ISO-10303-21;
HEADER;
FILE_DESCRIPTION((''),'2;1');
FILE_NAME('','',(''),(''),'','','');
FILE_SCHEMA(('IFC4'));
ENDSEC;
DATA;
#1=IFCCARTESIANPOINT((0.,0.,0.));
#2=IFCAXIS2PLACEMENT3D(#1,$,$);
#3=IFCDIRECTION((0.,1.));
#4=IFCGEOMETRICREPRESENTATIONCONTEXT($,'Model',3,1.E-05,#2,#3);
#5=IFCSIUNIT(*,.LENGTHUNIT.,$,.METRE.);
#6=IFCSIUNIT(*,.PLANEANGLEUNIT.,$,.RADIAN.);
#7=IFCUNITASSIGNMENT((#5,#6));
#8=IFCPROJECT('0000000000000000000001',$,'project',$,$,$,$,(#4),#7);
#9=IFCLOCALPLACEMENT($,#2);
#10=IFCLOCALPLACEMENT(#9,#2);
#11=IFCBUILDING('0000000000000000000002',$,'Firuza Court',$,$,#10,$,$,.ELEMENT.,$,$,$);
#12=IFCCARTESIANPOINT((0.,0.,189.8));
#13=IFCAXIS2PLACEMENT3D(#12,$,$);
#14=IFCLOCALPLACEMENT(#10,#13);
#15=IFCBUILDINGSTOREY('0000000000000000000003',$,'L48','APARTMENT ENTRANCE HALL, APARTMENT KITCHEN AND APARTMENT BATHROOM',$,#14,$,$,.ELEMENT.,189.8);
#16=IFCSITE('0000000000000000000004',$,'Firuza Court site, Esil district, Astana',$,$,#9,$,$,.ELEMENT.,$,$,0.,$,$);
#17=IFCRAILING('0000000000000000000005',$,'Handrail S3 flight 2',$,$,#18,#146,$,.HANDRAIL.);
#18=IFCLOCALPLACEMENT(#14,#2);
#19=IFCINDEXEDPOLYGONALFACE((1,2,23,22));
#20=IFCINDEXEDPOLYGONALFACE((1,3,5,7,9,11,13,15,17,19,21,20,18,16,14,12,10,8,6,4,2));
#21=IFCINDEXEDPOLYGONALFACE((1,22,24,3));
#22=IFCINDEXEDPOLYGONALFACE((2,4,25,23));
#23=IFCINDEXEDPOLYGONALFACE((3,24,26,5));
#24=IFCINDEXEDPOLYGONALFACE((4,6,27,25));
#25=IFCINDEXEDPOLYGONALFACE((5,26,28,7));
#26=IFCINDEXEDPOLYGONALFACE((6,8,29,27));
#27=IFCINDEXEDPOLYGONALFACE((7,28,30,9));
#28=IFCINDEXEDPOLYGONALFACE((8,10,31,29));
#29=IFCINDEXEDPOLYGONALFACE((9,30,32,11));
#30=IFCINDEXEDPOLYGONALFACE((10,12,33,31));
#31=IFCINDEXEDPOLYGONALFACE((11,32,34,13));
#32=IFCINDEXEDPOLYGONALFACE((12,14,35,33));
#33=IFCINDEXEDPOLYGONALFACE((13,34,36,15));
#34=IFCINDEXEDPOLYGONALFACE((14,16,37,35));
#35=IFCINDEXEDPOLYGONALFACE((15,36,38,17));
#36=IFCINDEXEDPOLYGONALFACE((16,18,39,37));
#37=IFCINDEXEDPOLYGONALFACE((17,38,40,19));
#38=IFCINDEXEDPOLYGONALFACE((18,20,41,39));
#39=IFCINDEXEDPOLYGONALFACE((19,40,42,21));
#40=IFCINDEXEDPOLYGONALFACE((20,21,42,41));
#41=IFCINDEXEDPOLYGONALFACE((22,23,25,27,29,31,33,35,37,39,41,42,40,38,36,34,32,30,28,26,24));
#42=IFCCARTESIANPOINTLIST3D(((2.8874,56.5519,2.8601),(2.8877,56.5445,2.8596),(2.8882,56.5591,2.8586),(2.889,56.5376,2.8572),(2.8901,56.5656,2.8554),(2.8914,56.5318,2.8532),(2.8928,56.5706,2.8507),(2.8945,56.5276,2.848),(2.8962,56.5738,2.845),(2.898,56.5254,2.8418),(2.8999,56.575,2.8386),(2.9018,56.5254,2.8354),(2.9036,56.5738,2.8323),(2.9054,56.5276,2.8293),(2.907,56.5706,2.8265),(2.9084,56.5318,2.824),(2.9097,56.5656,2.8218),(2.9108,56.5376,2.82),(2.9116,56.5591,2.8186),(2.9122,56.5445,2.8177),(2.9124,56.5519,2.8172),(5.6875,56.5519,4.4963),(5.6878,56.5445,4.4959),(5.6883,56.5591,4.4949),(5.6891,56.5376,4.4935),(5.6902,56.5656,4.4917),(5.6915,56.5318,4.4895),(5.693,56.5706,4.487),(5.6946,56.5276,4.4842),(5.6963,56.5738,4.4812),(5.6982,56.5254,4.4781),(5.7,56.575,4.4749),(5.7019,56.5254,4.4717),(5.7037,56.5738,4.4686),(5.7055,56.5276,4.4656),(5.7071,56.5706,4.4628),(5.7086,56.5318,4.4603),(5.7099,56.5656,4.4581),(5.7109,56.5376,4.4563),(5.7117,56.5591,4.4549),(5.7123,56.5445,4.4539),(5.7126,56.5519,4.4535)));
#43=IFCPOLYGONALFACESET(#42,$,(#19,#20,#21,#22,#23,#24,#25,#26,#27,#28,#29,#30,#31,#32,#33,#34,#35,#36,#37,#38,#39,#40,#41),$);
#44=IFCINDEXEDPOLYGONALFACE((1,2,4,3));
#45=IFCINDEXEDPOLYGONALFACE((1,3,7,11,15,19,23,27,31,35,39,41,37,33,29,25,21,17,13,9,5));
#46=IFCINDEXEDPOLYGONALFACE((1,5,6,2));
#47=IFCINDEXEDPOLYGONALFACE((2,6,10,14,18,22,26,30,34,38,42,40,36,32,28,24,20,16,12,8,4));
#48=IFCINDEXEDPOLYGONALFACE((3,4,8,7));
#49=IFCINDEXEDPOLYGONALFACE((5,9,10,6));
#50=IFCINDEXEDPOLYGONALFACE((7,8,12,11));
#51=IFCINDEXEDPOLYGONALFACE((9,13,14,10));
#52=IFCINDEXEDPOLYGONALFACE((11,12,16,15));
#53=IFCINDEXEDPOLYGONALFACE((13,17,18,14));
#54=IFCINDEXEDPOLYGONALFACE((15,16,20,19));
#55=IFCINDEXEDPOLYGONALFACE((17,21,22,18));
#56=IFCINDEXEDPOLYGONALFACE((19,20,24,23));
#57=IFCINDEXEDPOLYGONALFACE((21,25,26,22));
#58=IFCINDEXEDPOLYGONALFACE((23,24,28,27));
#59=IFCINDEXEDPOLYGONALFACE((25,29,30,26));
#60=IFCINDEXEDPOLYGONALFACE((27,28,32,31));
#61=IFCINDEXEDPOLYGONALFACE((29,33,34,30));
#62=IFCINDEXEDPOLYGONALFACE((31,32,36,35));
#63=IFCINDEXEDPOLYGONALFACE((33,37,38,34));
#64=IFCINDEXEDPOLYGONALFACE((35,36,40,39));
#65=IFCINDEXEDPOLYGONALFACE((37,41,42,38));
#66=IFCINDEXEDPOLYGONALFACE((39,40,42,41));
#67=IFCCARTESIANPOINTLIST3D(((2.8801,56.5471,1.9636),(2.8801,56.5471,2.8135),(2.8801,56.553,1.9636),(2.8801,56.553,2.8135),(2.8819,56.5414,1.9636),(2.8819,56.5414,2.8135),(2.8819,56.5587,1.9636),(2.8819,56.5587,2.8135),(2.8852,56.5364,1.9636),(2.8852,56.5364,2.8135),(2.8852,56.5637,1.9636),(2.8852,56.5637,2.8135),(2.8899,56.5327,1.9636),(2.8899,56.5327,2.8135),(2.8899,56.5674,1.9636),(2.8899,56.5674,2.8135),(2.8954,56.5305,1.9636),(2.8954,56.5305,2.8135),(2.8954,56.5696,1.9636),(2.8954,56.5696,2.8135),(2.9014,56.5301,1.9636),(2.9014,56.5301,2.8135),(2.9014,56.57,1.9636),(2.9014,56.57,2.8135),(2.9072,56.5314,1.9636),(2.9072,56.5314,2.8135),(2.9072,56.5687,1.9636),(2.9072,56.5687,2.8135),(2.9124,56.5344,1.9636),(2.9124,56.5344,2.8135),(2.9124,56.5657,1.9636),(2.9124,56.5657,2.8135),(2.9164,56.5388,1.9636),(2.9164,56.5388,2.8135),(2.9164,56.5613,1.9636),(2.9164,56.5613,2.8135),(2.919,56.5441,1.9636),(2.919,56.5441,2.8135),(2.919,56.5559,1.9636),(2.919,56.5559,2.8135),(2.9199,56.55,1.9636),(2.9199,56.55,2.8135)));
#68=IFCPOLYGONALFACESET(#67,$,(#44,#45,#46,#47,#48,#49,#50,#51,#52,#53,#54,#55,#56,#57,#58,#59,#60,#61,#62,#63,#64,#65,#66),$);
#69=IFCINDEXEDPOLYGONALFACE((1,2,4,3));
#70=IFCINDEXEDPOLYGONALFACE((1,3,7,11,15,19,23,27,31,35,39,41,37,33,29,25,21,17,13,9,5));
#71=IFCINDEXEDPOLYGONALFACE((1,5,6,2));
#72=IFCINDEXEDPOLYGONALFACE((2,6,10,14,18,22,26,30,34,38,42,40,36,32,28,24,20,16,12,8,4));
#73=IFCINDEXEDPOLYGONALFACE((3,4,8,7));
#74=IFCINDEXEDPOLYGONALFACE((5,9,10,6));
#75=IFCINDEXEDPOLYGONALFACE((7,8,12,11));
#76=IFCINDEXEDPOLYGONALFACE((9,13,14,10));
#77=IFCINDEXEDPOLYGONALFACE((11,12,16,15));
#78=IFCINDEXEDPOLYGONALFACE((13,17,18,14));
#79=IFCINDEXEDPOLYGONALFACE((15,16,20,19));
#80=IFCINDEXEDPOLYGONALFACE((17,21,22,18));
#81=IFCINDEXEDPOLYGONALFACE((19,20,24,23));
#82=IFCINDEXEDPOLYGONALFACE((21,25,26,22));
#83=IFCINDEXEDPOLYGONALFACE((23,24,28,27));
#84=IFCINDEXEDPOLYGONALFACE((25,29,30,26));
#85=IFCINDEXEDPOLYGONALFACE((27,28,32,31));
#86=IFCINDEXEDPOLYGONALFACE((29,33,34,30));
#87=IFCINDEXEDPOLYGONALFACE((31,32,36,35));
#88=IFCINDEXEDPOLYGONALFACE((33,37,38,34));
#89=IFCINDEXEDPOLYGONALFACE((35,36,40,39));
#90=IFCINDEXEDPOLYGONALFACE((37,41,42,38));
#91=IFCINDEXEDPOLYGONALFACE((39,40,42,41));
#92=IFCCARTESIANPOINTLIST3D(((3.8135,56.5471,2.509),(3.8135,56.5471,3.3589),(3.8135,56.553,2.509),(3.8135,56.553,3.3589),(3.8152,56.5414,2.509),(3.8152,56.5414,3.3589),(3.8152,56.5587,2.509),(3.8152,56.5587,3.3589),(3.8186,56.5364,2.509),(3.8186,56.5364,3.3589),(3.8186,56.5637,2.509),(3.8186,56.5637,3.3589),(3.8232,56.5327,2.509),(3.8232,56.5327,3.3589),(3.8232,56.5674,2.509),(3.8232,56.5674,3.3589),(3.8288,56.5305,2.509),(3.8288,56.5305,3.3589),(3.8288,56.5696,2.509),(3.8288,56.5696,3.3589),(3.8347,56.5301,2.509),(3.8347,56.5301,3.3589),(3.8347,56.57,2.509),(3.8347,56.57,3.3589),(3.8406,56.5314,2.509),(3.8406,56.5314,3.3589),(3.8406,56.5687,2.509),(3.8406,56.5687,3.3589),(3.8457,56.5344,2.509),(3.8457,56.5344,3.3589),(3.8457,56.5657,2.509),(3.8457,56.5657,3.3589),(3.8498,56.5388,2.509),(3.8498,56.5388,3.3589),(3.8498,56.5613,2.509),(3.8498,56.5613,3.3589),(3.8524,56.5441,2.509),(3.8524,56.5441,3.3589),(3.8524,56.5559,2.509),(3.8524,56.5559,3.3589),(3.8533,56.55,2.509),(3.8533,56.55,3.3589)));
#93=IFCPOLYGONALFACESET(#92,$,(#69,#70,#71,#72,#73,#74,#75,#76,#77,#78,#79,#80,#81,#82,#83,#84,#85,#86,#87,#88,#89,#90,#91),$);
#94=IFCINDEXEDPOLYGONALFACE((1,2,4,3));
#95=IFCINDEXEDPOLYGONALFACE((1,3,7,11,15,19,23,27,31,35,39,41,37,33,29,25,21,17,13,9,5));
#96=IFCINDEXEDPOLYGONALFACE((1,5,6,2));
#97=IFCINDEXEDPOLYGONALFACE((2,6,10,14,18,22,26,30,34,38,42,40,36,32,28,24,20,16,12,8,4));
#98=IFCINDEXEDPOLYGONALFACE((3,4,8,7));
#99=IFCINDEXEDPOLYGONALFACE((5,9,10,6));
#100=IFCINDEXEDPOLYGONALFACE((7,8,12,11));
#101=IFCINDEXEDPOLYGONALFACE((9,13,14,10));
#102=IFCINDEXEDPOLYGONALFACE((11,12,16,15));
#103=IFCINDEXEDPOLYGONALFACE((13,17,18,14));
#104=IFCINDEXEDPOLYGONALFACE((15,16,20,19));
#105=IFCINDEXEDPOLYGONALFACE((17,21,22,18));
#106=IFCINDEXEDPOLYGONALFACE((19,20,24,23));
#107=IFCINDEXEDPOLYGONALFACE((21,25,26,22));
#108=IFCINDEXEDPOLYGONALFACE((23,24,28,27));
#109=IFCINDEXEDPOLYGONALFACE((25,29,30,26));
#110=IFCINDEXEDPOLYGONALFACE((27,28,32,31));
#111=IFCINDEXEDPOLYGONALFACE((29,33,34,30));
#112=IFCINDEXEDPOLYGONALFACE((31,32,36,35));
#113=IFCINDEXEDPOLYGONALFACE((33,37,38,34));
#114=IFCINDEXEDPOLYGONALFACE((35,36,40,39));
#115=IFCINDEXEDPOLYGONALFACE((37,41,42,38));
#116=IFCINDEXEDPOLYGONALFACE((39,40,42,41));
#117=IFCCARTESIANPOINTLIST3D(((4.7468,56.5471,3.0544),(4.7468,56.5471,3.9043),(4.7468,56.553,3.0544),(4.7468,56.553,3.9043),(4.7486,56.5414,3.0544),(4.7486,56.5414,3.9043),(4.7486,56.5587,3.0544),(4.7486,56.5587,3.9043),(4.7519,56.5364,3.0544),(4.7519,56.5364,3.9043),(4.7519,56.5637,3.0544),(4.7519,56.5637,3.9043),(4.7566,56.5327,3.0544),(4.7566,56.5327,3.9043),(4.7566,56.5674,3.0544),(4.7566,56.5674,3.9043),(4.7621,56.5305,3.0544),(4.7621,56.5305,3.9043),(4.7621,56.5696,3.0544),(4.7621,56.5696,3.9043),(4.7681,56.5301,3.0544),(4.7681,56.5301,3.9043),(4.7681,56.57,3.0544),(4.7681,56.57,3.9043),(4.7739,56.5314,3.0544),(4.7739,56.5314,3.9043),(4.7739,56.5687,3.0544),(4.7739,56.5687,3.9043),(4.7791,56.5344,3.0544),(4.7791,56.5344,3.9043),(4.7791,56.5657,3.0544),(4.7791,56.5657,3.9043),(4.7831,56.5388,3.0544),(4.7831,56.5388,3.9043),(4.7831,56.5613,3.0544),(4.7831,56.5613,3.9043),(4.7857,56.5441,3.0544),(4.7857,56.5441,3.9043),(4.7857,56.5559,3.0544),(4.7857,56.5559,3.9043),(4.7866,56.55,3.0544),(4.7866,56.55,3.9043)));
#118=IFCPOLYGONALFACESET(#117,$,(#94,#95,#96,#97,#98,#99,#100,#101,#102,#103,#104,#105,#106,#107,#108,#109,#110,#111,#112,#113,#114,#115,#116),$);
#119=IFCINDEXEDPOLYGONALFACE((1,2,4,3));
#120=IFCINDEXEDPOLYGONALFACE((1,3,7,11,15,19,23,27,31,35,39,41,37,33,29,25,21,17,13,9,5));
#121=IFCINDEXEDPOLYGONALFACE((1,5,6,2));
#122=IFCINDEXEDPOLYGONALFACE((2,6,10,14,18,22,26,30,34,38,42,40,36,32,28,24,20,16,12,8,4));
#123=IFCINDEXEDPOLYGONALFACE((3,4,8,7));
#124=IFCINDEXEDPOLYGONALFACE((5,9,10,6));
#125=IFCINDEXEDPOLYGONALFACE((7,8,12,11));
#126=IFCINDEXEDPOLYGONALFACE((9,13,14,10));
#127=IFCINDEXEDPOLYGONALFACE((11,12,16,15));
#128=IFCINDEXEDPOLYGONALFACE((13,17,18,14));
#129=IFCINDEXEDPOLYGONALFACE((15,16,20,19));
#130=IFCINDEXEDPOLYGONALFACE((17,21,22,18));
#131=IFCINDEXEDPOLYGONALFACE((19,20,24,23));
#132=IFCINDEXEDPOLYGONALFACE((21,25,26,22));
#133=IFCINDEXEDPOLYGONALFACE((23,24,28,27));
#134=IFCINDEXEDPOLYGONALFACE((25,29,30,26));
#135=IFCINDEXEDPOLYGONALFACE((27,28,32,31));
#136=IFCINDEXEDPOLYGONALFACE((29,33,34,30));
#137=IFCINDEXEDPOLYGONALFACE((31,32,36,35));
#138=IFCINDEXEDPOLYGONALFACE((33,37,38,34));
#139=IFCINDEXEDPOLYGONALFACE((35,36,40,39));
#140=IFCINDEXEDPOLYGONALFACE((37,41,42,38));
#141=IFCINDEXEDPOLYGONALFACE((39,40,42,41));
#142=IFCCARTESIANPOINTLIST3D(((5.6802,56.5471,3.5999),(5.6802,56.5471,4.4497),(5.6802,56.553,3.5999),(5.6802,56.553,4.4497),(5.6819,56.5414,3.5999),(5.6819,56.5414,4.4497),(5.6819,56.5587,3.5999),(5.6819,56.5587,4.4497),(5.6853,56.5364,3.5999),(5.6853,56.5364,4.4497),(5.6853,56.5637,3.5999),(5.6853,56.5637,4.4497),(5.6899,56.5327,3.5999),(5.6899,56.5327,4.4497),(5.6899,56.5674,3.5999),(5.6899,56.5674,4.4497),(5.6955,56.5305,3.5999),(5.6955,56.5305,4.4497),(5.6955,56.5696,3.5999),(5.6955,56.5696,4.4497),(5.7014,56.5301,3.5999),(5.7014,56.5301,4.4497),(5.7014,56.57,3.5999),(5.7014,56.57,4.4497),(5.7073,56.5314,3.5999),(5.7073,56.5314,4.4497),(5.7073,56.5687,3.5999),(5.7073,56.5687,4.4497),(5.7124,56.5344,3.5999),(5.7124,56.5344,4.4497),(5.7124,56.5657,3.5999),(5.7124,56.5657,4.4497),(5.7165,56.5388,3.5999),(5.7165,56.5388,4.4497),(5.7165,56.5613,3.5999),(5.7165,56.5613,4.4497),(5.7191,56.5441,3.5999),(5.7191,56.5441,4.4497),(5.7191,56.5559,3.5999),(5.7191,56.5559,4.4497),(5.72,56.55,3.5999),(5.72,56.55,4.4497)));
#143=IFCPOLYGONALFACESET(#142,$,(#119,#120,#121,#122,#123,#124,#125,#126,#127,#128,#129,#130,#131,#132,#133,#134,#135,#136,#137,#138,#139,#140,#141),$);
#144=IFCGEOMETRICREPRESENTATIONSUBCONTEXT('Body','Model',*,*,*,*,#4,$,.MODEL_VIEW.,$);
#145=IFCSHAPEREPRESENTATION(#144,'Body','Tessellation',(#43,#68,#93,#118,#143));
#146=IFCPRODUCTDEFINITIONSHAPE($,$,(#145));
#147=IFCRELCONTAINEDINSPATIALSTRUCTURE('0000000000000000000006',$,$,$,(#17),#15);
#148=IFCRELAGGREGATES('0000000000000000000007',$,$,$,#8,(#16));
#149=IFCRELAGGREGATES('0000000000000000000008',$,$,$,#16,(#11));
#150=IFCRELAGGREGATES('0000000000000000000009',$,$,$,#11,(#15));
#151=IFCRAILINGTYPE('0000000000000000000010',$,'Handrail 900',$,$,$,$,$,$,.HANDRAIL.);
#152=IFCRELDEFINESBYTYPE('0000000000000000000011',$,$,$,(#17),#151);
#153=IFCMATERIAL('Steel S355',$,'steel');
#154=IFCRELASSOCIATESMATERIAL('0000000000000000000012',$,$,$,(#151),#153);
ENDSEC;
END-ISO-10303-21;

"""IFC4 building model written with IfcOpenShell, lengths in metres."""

from ifc_helpers import new_model, si_unit, direction, frame, origin, origin_2d, place, context, subcontext, project, spatial, circle, extrude, material, type_object, element, save


model = new_model("IFC4")

# Units and contexts
model_context = context("Model", 3, precision=1e-05, world=origin(), true_north=direction((0.0, 1.0)))
body_context = subcontext(model_context, "Body", "Model", "MODEL_VIEW")
ifc_project = project(units=[si_unit("LENGTHUNIT", "METRE"), si_unit("PLANEANGLEUNIT", "RADIAN")], contexts=[model_context])

# Site, building, storey
site_placement = place(None, origin())
site = spatial("IfcSite", under=ifc_project, at=site_placement, Name="Firuza Court site, Esil district, Astana", CompositionType="ELEMENT", RefElevation=0.0)
building_placement = place(site_placement, origin())
building = spatial("IfcBuilding", under=site, at=building_placement, Name="Firuza Court", CompositionType="ELEMENT")
storey_placement = place(building_placement, frame((0.0, 0.0, 189.8)))
storey = spatial("IfcBuildingStorey", under=building, at=storey_placement, Name="L48", Description="APARTMENT ENTRANCE HALL, APARTMENT KITCHEN AND APARTMENT BATHROOM", CompositionType="ELEMENT", Elevation=189.8)

# Railing
ifc_material_1 = material(Name="Steel S355", Category="steel")
railing_type_1 = type_object("IfcRailingType", Name="Handrail 900", PredefinedType="HANDRAIL", material=ifc_material_1)
railing_1_placement = place(storey_placement, frame((2.8999, 56.55, 1.9636)))
element("IfcRailing", 1, at=railing_1_placement, inside=storey, type_object=railing_type_1, Name="Handrail S3 flight 2", PredefinedType="HANDRAIL", context=body_context, shape_type="SweptSolid", body=[
    extrude(circle(Radius=0.0249, at=origin_2d()), frame((0.0, 0.0, 0.875), z_axis=(0.863394, 0.0, 0.504531), x_axis=(0.0, 1.0, 0.0)), (0.0, 0.0, 1.0), 3.2432),
    extrude(circle(Radius=0.02, at=origin_2d()), origin(), (0.0, 0.0, 1.0), 0.8499),
    extrude(circle(Radius=0.02, at=origin_2d()), frame((0.9333, 0.0, 0.5454)), (0.0, 0.0, 1.0), 0.8499),
    extrude(circle(Radius=0.02, at=origin_2d()), frame((1.8667, 0.0, 1.0908)), (0.0, 0.0, 1.0), 0.8499),
    extrude(circle(Radius=0.02, at=origin_2d()), frame((2.8, 0.0, 1.6362)), (0.0, 0.0, 1.0), 0.8499),
])

save(model, "model.ifc")
